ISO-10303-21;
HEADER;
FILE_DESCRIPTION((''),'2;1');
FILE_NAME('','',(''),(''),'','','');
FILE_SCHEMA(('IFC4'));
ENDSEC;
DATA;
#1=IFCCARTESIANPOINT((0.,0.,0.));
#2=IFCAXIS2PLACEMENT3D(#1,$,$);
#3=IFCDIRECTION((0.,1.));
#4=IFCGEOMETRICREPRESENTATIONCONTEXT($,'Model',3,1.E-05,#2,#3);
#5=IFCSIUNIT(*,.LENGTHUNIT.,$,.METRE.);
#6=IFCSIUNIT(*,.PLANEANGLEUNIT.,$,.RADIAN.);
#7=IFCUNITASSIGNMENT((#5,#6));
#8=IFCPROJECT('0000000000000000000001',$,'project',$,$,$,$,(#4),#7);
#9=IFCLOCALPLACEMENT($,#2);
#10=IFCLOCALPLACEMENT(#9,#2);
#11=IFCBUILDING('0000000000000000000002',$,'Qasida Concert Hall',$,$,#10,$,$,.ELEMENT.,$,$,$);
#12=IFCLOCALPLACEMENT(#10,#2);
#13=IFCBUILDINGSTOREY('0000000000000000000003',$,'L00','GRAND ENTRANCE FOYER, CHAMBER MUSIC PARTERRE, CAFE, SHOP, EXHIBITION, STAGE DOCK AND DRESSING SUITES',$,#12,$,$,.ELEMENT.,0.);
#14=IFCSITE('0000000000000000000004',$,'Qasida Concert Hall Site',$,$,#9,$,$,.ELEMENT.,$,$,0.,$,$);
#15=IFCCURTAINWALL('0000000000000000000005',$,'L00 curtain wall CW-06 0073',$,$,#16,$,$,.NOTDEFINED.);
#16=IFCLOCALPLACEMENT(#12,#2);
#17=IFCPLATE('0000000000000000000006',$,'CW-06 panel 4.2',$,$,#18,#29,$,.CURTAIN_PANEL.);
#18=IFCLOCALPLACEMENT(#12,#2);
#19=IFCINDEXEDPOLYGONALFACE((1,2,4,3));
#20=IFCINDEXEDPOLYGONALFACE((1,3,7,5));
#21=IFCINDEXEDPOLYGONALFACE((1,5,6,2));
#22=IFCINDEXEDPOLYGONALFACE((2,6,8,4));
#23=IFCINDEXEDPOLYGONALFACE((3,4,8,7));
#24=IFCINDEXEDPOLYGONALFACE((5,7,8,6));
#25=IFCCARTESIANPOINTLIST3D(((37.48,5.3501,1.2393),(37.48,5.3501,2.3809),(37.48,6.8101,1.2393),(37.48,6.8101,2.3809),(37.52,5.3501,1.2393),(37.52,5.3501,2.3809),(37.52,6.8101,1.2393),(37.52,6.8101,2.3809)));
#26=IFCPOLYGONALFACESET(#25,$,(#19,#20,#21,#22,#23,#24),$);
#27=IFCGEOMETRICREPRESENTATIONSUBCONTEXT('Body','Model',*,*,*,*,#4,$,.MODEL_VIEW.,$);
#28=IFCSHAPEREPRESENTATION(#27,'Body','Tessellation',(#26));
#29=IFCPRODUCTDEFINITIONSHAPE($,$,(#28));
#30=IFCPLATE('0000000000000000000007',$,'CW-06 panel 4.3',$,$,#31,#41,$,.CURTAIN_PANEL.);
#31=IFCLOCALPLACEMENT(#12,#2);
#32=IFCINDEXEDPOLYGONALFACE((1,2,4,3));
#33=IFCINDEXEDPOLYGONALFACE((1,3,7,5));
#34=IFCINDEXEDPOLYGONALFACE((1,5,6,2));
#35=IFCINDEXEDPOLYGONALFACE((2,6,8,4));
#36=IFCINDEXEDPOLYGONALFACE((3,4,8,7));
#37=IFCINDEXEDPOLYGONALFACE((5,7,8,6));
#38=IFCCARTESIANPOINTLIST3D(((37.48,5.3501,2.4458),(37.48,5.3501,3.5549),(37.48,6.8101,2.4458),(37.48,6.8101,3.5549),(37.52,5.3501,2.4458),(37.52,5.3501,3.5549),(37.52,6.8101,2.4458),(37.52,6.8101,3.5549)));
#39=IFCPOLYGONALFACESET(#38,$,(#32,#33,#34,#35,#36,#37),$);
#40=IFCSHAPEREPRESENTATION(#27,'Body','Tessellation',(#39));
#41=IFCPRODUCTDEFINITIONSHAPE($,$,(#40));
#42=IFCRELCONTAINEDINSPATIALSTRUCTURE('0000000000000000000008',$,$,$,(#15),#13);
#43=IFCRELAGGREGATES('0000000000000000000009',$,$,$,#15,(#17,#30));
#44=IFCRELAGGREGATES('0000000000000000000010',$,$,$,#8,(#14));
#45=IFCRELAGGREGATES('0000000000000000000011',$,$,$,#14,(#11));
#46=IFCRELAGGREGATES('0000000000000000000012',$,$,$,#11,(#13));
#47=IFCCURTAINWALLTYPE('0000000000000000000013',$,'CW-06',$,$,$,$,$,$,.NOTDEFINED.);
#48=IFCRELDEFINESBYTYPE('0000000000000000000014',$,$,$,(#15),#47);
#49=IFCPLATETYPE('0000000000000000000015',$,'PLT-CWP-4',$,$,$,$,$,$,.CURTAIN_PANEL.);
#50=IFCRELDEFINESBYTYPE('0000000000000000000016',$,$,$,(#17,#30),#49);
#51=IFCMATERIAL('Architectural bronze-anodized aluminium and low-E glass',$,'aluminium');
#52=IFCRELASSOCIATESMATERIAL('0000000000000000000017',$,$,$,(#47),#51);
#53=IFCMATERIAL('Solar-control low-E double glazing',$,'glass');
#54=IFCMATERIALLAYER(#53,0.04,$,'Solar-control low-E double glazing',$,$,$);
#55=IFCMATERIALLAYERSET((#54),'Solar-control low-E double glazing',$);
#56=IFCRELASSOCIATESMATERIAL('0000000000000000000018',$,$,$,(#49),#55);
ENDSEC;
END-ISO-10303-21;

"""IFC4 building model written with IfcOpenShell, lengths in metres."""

from ifc_helpers import new_model, si_unit, direction, frame, origin, origin_2d, place, context, subcontext, project, spatial, rectangle, extrude, material, layer, layer_set, type_object, element, aggregate, save


model = new_model("IFC4")

# Units and contexts
model_context = context("Model", 3, precision=1e-05, world=origin(), true_north=direction((0.0, 1.0)))
body_context = subcontext(model_context, "Body", "Model", "MODEL_VIEW")
ifc_project = project(units=[si_unit("LENGTHUNIT", "METRE"), si_unit("PLANEANGLEUNIT", "RADIAN")], contexts=[model_context])

# Site, building, storey
site_placement = place(None, origin())
site = spatial("IfcSite", under=ifc_project, at=site_placement, Name="Qasida Concert Hall Site", CompositionType="ELEMENT", RefElevation=0.0)
building_placement = place(site_placement, origin())
building = spatial("IfcBuilding", under=site, at=building_placement, Name="Qasida Concert Hall", CompositionType="ELEMENT")
storey_placement = place(building_placement, origin())
storey = spatial("IfcBuildingStorey", under=building, at=storey_placement, Name="L00", Description="GRAND ENTRANCE FOYER, CHAMBER MUSIC PARTERRE, CAFE, SHOP, EXHIBITION, STAGE DOCK AND DRESSING SUITES", CompositionType="ELEMENT", Elevation=0.0)

# Curtain wall
ifc_material_1 = material(Name="Architectural bronze-anodized aluminium and low-E glass", Category="aluminium")
curtain_wall_type = type_object("IfcCurtainWallType", Name="CW-06", PredefinedType="NOTDEFINED", material=ifc_material_1)
curtain_wall_1_placement = place(storey_placement, origin())
curtain_wall_1 = element("IfcCurtainWall", 1, at=curtain_wall_1_placement, inside=storey, type_object=curtain_wall_type, Name="L00 curtain wall CW-06 0073", PredefinedType="NOTDEFINED")

# Plates
ifc_material_2 = material(Name="Solar-control low-E double glazing", Category="glass")
ifc_layer = layer(ifc_material_2, 0.04, Name="Solar-control low-E double glazing")
ifc_layer_set = layer_set([ifc_layer], Name="Solar-control low-E double glazing")
plate_type = type_object("IfcPlateType", Name="PLT-CWP-4", PredefinedType="CURTAIN_PANEL", material=ifc_layer_set)
plate_1_placement = place(storey_placement, frame((37.5, 6.0801, 1.2393), z_axis=(0.0, 0.0, 1.0), x_axis=(0.0, 1.0, 0.0)))
plate_1 = element("IfcPlate", 2, at=plate_1_placement, type_object=plate_type, Name="CW-06 panel 4.2", PredefinedType="CURTAIN_PANEL", context=body_context, shape_type="SweptSolid", body=[
    extrude(rectangle(XDim=1.46, YDim=0.04, at=origin_2d()), origin(), (0.0, 0.0, 1.0), 1.1416),
])
plate_2_placement = place(storey_placement, frame((37.5, 6.0801, 2.4458), z_axis=(0.0, 0.0, 1.0), x_axis=(0.0, 1.0, 0.0)))
plate_2 = element("IfcPlate", 3, at=plate_2_placement, type_object=plate_type, Name="CW-06 panel 4.3", PredefinedType="CURTAIN_PANEL", context=body_context, shape_type="SweptSolid", body=[
    extrude(rectangle(XDim=1.46, YDim=0.04, at=origin_2d()), origin(), (0.0, 0.0, 1.0), 1.1091),
])
aggregate(curtain_wall_1, [plate_1, plate_2])

save(model, "model.ifc")
